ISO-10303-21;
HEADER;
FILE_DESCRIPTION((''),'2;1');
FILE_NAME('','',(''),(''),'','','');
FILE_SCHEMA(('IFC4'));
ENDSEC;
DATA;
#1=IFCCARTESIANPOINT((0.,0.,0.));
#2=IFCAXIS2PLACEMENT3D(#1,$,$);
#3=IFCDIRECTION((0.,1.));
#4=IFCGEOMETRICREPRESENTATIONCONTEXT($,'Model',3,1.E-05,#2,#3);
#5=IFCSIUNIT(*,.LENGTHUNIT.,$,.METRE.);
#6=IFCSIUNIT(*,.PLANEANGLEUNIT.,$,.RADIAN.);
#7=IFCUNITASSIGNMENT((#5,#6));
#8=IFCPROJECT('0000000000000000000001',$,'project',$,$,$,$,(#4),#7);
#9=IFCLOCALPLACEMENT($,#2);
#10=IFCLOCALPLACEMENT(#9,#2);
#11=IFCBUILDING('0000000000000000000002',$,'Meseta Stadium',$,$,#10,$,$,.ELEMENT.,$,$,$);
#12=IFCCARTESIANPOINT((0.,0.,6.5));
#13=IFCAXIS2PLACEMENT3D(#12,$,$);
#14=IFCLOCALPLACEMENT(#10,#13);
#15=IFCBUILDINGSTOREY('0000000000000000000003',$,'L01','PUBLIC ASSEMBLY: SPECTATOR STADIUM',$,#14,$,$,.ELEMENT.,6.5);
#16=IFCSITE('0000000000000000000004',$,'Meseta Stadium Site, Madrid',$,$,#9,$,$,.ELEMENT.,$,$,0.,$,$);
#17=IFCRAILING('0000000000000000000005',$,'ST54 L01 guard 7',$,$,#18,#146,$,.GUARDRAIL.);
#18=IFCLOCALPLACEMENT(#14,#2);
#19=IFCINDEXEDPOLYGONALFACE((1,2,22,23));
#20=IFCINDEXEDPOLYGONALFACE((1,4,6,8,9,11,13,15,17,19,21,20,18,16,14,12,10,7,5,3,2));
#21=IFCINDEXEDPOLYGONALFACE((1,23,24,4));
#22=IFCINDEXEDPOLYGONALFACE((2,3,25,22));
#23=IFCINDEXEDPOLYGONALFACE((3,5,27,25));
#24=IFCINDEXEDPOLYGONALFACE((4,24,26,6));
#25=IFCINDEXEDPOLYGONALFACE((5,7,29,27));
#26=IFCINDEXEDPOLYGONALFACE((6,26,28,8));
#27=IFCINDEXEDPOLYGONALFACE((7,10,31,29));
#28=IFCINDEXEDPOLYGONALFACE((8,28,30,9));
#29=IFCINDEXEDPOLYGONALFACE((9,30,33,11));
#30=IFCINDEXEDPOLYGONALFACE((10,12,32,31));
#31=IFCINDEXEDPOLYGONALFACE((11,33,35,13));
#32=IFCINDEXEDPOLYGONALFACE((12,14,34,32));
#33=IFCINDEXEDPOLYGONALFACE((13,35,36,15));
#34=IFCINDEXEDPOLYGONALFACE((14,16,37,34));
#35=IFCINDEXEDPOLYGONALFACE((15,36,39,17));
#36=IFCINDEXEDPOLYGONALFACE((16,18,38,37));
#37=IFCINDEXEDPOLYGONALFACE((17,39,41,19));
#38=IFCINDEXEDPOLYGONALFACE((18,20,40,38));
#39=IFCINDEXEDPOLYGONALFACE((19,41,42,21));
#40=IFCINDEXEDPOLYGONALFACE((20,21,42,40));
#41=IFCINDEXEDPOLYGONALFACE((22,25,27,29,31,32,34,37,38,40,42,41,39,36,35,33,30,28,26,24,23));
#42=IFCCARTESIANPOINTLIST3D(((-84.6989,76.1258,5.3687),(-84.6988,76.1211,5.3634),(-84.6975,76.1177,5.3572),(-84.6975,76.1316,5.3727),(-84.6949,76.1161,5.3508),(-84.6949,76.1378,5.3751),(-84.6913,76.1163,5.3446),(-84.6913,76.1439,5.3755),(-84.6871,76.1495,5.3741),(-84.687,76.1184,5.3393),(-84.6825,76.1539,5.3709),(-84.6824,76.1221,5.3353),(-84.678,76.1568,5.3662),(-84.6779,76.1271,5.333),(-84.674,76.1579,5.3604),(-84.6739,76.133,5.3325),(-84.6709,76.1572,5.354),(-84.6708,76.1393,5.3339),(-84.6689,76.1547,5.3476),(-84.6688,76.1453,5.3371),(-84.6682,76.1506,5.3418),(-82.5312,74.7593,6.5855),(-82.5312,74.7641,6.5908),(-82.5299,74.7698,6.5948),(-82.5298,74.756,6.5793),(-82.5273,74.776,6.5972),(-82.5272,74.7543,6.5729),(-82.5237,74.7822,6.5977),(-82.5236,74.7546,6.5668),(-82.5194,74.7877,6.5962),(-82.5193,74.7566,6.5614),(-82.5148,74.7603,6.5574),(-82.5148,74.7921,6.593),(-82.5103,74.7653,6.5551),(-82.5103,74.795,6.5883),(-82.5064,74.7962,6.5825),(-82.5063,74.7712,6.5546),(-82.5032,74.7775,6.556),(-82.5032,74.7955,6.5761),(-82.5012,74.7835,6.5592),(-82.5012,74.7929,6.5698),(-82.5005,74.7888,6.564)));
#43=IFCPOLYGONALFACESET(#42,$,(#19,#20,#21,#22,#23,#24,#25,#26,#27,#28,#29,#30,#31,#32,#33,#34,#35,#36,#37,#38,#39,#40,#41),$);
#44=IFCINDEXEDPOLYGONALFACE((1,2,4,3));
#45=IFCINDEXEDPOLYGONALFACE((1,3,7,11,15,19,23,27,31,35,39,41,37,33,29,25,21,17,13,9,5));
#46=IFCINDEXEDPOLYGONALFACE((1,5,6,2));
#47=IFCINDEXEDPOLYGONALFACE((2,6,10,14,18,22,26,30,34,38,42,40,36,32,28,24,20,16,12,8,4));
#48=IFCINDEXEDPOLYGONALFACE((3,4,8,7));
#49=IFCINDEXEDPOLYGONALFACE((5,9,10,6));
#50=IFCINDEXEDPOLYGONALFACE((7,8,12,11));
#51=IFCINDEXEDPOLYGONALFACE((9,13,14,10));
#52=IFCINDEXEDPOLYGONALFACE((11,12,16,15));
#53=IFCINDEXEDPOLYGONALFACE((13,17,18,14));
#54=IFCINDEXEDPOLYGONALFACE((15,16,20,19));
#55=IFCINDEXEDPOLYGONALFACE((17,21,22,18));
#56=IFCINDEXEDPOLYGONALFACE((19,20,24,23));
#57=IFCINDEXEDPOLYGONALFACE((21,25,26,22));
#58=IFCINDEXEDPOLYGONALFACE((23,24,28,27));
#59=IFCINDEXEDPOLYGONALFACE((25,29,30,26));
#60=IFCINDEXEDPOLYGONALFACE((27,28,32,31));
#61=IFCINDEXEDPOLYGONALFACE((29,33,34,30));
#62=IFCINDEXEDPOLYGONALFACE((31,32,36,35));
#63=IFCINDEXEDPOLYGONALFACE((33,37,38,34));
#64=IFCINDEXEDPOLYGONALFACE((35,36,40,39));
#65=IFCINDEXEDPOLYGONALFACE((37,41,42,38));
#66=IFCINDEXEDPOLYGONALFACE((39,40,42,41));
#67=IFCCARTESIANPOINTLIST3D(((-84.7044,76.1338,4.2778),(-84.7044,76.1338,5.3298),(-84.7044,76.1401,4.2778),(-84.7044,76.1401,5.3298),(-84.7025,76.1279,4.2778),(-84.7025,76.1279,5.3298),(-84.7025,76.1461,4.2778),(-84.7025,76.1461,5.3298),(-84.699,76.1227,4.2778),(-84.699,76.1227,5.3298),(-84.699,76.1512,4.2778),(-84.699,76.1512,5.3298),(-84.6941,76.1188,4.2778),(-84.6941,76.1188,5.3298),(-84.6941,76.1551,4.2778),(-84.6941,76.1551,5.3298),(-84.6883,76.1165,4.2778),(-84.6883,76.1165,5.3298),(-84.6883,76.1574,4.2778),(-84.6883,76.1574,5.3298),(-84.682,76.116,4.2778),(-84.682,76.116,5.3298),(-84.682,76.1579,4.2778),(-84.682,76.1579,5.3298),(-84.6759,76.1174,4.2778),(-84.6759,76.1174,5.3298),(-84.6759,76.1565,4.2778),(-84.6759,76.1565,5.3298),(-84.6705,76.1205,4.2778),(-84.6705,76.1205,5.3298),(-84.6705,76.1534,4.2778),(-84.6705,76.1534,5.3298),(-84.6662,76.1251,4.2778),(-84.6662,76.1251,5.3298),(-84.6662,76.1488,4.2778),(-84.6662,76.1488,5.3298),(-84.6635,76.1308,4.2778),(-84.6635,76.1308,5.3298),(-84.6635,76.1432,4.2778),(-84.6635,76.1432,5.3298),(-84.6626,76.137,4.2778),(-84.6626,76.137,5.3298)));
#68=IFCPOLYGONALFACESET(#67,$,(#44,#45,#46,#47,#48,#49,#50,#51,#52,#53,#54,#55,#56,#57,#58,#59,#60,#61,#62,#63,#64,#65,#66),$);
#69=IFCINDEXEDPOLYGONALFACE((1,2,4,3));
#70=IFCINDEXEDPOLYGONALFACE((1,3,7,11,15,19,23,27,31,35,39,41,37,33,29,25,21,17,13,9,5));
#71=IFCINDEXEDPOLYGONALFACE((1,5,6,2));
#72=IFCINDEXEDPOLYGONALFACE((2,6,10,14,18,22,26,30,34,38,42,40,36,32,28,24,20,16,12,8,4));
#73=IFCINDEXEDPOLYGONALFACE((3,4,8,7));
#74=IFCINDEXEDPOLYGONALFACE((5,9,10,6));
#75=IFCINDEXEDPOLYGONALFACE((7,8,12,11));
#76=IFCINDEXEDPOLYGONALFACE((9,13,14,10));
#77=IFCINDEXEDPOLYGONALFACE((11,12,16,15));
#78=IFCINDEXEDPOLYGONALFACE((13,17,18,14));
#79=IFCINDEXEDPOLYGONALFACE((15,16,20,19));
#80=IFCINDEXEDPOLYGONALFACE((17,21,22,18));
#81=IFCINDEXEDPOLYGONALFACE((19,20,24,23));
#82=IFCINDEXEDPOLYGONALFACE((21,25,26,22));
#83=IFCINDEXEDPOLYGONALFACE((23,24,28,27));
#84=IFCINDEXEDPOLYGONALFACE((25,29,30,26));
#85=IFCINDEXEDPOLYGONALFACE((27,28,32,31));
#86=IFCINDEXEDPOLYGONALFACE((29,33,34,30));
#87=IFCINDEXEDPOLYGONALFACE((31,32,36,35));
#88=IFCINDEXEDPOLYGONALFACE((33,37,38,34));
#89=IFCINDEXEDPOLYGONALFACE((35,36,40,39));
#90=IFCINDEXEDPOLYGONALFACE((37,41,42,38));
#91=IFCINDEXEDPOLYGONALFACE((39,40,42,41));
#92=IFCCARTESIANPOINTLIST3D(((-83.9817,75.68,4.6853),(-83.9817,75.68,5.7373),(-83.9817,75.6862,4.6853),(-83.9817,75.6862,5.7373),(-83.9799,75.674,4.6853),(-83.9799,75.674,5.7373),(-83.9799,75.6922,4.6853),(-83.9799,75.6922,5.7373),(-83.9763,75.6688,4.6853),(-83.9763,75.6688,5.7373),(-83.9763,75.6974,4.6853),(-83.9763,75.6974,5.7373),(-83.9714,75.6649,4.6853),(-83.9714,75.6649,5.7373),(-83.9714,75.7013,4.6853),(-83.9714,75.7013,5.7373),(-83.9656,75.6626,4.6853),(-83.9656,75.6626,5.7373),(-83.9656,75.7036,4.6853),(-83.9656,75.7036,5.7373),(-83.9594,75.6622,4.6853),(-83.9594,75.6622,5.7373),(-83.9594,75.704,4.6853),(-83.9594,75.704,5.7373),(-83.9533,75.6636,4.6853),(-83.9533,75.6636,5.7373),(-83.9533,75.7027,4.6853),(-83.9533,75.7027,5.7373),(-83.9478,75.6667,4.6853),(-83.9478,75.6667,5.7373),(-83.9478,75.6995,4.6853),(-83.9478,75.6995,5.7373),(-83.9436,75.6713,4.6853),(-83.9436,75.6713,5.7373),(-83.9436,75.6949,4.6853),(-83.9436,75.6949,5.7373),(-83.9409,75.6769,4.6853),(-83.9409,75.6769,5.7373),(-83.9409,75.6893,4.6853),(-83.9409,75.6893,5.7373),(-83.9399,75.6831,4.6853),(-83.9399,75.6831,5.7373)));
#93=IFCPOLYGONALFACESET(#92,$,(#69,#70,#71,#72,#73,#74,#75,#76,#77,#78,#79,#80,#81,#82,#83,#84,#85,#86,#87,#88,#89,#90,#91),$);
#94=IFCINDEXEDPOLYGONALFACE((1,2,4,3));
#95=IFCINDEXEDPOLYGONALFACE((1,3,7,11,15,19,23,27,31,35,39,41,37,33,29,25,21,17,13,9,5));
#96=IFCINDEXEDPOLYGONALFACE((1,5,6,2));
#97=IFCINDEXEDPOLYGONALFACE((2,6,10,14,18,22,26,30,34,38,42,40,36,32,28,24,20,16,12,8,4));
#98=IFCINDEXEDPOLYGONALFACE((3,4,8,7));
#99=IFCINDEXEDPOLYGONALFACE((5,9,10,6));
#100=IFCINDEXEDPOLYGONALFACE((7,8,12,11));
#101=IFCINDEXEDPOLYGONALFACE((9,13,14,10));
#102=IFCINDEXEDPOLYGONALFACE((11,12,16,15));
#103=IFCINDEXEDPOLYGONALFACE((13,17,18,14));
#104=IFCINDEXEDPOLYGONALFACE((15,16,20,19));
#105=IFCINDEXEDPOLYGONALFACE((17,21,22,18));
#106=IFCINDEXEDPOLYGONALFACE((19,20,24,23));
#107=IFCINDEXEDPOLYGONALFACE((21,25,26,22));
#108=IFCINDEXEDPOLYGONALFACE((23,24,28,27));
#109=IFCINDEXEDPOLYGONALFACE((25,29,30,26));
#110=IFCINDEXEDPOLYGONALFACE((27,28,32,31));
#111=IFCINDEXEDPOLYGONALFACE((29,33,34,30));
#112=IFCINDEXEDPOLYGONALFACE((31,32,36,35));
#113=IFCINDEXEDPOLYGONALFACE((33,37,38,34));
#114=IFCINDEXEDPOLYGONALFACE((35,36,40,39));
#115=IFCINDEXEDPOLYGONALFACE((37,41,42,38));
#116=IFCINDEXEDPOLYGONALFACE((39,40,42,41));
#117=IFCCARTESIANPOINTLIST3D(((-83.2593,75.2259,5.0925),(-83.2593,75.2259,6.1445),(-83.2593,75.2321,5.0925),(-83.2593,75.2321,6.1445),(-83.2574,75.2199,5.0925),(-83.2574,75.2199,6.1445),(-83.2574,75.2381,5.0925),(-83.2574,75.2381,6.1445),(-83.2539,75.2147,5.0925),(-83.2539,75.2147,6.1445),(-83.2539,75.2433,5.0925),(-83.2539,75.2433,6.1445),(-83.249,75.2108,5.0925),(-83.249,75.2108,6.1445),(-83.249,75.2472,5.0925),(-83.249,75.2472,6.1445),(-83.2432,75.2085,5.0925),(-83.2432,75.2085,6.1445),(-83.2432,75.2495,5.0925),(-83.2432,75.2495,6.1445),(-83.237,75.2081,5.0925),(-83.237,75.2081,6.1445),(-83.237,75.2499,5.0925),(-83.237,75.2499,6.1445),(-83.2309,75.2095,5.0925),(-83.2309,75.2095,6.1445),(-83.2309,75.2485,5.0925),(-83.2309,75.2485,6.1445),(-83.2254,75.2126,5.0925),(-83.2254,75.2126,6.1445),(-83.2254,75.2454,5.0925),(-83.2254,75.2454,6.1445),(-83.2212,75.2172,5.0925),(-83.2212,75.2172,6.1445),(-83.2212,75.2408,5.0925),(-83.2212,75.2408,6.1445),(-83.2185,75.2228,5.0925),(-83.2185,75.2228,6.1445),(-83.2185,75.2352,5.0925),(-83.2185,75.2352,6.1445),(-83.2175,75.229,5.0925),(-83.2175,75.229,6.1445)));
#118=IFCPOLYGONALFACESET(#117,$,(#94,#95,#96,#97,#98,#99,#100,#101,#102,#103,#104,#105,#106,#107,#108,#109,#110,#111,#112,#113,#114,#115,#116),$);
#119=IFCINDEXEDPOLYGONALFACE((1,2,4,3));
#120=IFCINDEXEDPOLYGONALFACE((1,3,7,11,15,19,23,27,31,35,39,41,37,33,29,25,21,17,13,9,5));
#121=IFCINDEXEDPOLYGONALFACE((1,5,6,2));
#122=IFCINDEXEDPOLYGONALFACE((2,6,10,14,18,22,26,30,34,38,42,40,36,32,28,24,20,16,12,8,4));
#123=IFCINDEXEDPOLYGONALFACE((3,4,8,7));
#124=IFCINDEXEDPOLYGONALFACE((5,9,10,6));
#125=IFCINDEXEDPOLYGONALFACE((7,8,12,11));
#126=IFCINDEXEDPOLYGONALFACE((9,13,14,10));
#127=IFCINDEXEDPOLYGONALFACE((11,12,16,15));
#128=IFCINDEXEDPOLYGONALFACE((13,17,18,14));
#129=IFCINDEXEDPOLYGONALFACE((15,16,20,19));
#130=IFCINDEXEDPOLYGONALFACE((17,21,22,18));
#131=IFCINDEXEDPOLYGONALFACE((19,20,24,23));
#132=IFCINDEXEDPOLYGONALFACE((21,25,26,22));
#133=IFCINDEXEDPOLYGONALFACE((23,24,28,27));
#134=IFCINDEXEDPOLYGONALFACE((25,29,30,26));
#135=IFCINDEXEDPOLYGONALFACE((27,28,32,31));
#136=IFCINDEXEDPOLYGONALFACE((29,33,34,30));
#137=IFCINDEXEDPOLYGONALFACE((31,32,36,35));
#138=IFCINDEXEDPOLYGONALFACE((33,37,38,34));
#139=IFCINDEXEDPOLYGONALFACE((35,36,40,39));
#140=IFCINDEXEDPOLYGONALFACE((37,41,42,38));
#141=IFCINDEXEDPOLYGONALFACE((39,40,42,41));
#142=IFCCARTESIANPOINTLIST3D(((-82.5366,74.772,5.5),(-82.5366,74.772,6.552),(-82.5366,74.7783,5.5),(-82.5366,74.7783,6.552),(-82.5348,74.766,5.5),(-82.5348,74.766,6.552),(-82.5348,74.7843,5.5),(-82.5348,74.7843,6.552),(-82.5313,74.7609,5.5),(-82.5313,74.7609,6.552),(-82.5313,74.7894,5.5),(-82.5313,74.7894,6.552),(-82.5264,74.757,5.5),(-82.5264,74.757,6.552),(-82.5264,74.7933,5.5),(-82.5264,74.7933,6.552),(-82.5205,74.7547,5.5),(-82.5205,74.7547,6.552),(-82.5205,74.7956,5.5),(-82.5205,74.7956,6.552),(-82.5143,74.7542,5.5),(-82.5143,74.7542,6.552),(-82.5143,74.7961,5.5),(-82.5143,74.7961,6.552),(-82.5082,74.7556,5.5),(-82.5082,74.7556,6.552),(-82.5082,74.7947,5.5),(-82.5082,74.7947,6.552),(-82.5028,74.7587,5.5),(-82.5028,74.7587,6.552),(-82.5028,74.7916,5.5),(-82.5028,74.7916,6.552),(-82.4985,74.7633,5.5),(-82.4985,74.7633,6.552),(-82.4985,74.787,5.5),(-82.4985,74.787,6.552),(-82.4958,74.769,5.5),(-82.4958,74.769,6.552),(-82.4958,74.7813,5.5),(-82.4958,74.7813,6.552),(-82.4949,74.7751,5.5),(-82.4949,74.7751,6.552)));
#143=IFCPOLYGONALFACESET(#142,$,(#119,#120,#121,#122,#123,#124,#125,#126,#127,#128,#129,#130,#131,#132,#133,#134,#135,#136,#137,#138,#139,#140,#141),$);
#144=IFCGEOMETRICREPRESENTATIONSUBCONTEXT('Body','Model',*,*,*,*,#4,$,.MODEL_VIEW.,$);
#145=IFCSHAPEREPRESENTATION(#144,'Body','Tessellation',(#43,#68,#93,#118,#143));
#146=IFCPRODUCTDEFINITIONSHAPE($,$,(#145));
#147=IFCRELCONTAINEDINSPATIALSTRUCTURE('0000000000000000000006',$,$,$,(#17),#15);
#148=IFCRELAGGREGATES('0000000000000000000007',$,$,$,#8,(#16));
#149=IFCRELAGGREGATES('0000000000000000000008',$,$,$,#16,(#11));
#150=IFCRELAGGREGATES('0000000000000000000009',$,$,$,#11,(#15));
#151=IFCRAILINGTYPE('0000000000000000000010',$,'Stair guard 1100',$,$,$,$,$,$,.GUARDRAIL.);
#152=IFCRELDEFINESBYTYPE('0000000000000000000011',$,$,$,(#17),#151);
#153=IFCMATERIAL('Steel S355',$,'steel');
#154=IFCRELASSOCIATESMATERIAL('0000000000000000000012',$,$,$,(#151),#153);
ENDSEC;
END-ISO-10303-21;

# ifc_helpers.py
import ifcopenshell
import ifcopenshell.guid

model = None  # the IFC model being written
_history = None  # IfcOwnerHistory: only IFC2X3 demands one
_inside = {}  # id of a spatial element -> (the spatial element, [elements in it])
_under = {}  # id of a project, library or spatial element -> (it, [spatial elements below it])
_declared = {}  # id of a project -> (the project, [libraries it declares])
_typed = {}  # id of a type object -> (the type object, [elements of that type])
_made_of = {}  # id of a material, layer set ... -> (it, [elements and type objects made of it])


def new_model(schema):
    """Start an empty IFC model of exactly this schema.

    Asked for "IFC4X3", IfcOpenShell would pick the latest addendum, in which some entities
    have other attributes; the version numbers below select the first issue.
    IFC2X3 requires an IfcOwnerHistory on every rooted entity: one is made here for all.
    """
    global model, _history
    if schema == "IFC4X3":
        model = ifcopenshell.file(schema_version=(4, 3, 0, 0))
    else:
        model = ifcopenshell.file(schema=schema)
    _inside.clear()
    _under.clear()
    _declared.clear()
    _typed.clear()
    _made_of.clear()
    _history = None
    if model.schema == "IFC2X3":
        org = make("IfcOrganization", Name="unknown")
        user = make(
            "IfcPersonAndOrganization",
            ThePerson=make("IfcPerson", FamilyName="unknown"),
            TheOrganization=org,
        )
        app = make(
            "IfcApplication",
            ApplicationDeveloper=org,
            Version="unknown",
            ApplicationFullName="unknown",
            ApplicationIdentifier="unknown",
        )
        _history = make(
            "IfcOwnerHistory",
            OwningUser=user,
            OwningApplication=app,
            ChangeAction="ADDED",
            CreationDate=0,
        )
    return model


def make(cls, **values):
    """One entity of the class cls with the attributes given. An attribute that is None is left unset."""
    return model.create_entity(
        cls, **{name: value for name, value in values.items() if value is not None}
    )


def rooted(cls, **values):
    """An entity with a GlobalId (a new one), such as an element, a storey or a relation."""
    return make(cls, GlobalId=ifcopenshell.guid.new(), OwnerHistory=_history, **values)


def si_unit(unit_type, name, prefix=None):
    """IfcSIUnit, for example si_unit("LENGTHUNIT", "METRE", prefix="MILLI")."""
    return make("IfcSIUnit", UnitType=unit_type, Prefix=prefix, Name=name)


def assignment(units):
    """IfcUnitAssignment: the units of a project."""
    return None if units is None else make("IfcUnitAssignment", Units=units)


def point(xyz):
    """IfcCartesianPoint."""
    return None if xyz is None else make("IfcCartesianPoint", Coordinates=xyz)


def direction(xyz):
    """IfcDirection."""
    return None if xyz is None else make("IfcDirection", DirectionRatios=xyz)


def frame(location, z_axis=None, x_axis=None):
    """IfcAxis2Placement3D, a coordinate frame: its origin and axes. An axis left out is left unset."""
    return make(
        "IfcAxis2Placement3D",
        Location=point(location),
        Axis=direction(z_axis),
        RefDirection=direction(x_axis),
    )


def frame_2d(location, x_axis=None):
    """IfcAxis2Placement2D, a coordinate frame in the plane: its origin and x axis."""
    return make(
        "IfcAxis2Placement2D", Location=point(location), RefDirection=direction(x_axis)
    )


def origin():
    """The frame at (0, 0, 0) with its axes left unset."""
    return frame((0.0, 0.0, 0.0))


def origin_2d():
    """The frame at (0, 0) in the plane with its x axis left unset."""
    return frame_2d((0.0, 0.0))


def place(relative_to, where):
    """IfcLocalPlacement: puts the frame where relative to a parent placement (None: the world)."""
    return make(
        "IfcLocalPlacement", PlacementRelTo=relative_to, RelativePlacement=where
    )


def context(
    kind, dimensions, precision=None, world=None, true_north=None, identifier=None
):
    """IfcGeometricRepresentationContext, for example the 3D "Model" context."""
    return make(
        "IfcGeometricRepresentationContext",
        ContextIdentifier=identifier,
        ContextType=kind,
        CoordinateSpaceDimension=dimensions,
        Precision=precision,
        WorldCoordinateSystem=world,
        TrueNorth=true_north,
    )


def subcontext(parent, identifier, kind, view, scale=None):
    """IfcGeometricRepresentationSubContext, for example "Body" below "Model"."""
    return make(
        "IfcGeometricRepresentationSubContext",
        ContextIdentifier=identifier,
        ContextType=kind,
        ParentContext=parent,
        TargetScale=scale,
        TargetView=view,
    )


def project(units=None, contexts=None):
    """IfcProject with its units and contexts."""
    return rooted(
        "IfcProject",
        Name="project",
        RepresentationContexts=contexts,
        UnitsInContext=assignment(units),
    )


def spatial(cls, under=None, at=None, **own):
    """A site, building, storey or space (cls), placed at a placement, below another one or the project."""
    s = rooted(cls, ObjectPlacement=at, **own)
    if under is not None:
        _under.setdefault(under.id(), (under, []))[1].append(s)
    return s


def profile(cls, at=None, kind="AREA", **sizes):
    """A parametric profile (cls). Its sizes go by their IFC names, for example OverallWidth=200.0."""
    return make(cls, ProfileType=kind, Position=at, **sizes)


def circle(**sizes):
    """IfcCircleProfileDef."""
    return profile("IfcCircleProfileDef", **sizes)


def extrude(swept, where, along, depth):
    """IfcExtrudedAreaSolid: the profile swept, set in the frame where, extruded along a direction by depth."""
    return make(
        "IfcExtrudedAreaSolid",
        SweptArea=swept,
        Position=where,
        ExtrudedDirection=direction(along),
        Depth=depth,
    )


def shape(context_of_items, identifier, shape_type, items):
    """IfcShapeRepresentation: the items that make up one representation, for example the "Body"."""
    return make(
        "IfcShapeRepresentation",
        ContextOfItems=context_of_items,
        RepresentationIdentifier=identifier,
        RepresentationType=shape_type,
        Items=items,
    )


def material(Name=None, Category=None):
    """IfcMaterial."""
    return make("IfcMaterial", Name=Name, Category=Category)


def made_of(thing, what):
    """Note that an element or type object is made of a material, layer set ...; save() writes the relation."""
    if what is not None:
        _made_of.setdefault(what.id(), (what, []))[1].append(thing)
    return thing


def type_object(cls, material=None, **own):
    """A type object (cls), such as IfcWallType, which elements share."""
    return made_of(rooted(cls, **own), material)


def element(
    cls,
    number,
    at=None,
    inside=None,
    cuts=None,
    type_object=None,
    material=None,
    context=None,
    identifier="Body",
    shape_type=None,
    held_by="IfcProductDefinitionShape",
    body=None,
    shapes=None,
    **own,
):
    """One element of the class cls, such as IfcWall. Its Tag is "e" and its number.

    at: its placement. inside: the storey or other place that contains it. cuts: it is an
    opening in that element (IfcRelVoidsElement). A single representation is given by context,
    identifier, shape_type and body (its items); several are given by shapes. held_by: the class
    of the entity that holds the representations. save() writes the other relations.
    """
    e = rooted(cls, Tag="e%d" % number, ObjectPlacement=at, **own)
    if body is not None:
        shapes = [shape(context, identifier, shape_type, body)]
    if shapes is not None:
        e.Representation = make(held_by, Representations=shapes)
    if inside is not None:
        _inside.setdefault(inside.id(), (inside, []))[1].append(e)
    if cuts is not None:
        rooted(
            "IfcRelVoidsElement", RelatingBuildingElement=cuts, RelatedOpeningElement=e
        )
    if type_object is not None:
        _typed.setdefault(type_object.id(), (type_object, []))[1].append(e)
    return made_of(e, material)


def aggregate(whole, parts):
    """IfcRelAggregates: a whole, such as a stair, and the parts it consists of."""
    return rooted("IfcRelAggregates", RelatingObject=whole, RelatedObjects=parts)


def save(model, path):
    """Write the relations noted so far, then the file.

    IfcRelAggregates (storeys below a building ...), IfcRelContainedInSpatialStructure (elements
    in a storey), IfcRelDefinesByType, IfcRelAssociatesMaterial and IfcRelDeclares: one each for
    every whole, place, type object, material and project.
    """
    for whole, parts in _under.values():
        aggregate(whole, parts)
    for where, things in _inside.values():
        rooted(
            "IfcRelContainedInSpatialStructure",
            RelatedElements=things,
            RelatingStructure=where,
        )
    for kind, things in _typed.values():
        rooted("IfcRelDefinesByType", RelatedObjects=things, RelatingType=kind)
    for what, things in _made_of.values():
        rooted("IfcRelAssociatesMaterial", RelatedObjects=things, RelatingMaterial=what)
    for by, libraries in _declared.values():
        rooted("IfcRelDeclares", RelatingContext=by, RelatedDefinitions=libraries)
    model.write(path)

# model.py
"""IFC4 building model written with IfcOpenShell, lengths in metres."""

from ifc_helpers import new_model, si_unit, direction, frame, origin, origin_2d, place, context, subcontext, project, spatial, circle, extrude, material, type_object, element, save


model = new_model("IFC4")

# Units and contexts
model_context = context("Model", 3, precision=1e-05, world=origin(), true_north=direction((0.0, 1.0)))
body_context = subcontext(model_context, "Body", "Model", "MODEL_VIEW")
ifc_project = project(units=[si_unit("LENGTHUNIT", "METRE"), si_unit("PLANEANGLEUNIT", "RADIAN")], contexts=[model_context])

# Site, building, storey
site_placement = place(None, origin())
site = spatial("IfcSite", under=ifc_project, at=site_placement, Name="Meseta Stadium Site, Madrid", CompositionType="ELEMENT", RefElevation=0.0)
building_placement = place(site_placement, origin())
building = spatial("IfcBuilding", under=site, at=building_placement, Name="Meseta Stadium", CompositionType="ELEMENT")
storey_placement = place(building_placement, frame((0.0, 0.0, 6.5)))
storey = spatial("IfcBuildingStorey", under=building, at=storey_placement, Name="L01", Description="PUBLIC ASSEMBLY: SPECTATOR STADIUM", CompositionType="ELEMENT", Elevation=6.5)

# Railing
ifc_material_1 = material(Name="Steel S355", Category="steel")
railing_type_1 = type_object("IfcRailingType", Name="Stair guard 1100", PredefinedType="GUARDRAIL", material=ifc_material_1)
railing_1_placement = place(storey_placement, frame((-84.6836, 76.137, 4.2778)))
element("IfcRailing", 1, at=railing_1_placement, inside=storey, type_object=railing_type_1, Name="ST54 L01 guard 7", PredefinedType="GUARDRAIL", context=body_context, shape_type="SweptSolid", body=[
    extrude(circle(Radius=0.0239, at=origin_2d()), frame((0.0, 0.0, 1.0762), z_axis=(0.764152, -0.480059, 0.430831), x_axis=(0.531961, 0.846769, 0.0)), (0.0, 0.0, 1.0), 2.8367),
    extrude(circle(Radius=0.021, at=origin_2d()), origin(), (0.0, 0.0, 1.0), 1.052),
    extrude(circle(Radius=0.021, at=origin_2d()), frame((0.7227, -0.4539, 0.4075)), (0.0, 0.0, 1.0), 1.052),
    extrude(circle(Radius=0.021, at=origin_2d()), frame((1.4451, -0.908, 0.8147)), (0.0, 0.0, 1.0), 1.052),
    extrude(circle(Radius=0.021, at=origin_2d()), frame((2.1677, -1.3618, 1.2222)), (0.0, 0.0, 1.0), 1.052),
])

save(model, "model.ifc")
